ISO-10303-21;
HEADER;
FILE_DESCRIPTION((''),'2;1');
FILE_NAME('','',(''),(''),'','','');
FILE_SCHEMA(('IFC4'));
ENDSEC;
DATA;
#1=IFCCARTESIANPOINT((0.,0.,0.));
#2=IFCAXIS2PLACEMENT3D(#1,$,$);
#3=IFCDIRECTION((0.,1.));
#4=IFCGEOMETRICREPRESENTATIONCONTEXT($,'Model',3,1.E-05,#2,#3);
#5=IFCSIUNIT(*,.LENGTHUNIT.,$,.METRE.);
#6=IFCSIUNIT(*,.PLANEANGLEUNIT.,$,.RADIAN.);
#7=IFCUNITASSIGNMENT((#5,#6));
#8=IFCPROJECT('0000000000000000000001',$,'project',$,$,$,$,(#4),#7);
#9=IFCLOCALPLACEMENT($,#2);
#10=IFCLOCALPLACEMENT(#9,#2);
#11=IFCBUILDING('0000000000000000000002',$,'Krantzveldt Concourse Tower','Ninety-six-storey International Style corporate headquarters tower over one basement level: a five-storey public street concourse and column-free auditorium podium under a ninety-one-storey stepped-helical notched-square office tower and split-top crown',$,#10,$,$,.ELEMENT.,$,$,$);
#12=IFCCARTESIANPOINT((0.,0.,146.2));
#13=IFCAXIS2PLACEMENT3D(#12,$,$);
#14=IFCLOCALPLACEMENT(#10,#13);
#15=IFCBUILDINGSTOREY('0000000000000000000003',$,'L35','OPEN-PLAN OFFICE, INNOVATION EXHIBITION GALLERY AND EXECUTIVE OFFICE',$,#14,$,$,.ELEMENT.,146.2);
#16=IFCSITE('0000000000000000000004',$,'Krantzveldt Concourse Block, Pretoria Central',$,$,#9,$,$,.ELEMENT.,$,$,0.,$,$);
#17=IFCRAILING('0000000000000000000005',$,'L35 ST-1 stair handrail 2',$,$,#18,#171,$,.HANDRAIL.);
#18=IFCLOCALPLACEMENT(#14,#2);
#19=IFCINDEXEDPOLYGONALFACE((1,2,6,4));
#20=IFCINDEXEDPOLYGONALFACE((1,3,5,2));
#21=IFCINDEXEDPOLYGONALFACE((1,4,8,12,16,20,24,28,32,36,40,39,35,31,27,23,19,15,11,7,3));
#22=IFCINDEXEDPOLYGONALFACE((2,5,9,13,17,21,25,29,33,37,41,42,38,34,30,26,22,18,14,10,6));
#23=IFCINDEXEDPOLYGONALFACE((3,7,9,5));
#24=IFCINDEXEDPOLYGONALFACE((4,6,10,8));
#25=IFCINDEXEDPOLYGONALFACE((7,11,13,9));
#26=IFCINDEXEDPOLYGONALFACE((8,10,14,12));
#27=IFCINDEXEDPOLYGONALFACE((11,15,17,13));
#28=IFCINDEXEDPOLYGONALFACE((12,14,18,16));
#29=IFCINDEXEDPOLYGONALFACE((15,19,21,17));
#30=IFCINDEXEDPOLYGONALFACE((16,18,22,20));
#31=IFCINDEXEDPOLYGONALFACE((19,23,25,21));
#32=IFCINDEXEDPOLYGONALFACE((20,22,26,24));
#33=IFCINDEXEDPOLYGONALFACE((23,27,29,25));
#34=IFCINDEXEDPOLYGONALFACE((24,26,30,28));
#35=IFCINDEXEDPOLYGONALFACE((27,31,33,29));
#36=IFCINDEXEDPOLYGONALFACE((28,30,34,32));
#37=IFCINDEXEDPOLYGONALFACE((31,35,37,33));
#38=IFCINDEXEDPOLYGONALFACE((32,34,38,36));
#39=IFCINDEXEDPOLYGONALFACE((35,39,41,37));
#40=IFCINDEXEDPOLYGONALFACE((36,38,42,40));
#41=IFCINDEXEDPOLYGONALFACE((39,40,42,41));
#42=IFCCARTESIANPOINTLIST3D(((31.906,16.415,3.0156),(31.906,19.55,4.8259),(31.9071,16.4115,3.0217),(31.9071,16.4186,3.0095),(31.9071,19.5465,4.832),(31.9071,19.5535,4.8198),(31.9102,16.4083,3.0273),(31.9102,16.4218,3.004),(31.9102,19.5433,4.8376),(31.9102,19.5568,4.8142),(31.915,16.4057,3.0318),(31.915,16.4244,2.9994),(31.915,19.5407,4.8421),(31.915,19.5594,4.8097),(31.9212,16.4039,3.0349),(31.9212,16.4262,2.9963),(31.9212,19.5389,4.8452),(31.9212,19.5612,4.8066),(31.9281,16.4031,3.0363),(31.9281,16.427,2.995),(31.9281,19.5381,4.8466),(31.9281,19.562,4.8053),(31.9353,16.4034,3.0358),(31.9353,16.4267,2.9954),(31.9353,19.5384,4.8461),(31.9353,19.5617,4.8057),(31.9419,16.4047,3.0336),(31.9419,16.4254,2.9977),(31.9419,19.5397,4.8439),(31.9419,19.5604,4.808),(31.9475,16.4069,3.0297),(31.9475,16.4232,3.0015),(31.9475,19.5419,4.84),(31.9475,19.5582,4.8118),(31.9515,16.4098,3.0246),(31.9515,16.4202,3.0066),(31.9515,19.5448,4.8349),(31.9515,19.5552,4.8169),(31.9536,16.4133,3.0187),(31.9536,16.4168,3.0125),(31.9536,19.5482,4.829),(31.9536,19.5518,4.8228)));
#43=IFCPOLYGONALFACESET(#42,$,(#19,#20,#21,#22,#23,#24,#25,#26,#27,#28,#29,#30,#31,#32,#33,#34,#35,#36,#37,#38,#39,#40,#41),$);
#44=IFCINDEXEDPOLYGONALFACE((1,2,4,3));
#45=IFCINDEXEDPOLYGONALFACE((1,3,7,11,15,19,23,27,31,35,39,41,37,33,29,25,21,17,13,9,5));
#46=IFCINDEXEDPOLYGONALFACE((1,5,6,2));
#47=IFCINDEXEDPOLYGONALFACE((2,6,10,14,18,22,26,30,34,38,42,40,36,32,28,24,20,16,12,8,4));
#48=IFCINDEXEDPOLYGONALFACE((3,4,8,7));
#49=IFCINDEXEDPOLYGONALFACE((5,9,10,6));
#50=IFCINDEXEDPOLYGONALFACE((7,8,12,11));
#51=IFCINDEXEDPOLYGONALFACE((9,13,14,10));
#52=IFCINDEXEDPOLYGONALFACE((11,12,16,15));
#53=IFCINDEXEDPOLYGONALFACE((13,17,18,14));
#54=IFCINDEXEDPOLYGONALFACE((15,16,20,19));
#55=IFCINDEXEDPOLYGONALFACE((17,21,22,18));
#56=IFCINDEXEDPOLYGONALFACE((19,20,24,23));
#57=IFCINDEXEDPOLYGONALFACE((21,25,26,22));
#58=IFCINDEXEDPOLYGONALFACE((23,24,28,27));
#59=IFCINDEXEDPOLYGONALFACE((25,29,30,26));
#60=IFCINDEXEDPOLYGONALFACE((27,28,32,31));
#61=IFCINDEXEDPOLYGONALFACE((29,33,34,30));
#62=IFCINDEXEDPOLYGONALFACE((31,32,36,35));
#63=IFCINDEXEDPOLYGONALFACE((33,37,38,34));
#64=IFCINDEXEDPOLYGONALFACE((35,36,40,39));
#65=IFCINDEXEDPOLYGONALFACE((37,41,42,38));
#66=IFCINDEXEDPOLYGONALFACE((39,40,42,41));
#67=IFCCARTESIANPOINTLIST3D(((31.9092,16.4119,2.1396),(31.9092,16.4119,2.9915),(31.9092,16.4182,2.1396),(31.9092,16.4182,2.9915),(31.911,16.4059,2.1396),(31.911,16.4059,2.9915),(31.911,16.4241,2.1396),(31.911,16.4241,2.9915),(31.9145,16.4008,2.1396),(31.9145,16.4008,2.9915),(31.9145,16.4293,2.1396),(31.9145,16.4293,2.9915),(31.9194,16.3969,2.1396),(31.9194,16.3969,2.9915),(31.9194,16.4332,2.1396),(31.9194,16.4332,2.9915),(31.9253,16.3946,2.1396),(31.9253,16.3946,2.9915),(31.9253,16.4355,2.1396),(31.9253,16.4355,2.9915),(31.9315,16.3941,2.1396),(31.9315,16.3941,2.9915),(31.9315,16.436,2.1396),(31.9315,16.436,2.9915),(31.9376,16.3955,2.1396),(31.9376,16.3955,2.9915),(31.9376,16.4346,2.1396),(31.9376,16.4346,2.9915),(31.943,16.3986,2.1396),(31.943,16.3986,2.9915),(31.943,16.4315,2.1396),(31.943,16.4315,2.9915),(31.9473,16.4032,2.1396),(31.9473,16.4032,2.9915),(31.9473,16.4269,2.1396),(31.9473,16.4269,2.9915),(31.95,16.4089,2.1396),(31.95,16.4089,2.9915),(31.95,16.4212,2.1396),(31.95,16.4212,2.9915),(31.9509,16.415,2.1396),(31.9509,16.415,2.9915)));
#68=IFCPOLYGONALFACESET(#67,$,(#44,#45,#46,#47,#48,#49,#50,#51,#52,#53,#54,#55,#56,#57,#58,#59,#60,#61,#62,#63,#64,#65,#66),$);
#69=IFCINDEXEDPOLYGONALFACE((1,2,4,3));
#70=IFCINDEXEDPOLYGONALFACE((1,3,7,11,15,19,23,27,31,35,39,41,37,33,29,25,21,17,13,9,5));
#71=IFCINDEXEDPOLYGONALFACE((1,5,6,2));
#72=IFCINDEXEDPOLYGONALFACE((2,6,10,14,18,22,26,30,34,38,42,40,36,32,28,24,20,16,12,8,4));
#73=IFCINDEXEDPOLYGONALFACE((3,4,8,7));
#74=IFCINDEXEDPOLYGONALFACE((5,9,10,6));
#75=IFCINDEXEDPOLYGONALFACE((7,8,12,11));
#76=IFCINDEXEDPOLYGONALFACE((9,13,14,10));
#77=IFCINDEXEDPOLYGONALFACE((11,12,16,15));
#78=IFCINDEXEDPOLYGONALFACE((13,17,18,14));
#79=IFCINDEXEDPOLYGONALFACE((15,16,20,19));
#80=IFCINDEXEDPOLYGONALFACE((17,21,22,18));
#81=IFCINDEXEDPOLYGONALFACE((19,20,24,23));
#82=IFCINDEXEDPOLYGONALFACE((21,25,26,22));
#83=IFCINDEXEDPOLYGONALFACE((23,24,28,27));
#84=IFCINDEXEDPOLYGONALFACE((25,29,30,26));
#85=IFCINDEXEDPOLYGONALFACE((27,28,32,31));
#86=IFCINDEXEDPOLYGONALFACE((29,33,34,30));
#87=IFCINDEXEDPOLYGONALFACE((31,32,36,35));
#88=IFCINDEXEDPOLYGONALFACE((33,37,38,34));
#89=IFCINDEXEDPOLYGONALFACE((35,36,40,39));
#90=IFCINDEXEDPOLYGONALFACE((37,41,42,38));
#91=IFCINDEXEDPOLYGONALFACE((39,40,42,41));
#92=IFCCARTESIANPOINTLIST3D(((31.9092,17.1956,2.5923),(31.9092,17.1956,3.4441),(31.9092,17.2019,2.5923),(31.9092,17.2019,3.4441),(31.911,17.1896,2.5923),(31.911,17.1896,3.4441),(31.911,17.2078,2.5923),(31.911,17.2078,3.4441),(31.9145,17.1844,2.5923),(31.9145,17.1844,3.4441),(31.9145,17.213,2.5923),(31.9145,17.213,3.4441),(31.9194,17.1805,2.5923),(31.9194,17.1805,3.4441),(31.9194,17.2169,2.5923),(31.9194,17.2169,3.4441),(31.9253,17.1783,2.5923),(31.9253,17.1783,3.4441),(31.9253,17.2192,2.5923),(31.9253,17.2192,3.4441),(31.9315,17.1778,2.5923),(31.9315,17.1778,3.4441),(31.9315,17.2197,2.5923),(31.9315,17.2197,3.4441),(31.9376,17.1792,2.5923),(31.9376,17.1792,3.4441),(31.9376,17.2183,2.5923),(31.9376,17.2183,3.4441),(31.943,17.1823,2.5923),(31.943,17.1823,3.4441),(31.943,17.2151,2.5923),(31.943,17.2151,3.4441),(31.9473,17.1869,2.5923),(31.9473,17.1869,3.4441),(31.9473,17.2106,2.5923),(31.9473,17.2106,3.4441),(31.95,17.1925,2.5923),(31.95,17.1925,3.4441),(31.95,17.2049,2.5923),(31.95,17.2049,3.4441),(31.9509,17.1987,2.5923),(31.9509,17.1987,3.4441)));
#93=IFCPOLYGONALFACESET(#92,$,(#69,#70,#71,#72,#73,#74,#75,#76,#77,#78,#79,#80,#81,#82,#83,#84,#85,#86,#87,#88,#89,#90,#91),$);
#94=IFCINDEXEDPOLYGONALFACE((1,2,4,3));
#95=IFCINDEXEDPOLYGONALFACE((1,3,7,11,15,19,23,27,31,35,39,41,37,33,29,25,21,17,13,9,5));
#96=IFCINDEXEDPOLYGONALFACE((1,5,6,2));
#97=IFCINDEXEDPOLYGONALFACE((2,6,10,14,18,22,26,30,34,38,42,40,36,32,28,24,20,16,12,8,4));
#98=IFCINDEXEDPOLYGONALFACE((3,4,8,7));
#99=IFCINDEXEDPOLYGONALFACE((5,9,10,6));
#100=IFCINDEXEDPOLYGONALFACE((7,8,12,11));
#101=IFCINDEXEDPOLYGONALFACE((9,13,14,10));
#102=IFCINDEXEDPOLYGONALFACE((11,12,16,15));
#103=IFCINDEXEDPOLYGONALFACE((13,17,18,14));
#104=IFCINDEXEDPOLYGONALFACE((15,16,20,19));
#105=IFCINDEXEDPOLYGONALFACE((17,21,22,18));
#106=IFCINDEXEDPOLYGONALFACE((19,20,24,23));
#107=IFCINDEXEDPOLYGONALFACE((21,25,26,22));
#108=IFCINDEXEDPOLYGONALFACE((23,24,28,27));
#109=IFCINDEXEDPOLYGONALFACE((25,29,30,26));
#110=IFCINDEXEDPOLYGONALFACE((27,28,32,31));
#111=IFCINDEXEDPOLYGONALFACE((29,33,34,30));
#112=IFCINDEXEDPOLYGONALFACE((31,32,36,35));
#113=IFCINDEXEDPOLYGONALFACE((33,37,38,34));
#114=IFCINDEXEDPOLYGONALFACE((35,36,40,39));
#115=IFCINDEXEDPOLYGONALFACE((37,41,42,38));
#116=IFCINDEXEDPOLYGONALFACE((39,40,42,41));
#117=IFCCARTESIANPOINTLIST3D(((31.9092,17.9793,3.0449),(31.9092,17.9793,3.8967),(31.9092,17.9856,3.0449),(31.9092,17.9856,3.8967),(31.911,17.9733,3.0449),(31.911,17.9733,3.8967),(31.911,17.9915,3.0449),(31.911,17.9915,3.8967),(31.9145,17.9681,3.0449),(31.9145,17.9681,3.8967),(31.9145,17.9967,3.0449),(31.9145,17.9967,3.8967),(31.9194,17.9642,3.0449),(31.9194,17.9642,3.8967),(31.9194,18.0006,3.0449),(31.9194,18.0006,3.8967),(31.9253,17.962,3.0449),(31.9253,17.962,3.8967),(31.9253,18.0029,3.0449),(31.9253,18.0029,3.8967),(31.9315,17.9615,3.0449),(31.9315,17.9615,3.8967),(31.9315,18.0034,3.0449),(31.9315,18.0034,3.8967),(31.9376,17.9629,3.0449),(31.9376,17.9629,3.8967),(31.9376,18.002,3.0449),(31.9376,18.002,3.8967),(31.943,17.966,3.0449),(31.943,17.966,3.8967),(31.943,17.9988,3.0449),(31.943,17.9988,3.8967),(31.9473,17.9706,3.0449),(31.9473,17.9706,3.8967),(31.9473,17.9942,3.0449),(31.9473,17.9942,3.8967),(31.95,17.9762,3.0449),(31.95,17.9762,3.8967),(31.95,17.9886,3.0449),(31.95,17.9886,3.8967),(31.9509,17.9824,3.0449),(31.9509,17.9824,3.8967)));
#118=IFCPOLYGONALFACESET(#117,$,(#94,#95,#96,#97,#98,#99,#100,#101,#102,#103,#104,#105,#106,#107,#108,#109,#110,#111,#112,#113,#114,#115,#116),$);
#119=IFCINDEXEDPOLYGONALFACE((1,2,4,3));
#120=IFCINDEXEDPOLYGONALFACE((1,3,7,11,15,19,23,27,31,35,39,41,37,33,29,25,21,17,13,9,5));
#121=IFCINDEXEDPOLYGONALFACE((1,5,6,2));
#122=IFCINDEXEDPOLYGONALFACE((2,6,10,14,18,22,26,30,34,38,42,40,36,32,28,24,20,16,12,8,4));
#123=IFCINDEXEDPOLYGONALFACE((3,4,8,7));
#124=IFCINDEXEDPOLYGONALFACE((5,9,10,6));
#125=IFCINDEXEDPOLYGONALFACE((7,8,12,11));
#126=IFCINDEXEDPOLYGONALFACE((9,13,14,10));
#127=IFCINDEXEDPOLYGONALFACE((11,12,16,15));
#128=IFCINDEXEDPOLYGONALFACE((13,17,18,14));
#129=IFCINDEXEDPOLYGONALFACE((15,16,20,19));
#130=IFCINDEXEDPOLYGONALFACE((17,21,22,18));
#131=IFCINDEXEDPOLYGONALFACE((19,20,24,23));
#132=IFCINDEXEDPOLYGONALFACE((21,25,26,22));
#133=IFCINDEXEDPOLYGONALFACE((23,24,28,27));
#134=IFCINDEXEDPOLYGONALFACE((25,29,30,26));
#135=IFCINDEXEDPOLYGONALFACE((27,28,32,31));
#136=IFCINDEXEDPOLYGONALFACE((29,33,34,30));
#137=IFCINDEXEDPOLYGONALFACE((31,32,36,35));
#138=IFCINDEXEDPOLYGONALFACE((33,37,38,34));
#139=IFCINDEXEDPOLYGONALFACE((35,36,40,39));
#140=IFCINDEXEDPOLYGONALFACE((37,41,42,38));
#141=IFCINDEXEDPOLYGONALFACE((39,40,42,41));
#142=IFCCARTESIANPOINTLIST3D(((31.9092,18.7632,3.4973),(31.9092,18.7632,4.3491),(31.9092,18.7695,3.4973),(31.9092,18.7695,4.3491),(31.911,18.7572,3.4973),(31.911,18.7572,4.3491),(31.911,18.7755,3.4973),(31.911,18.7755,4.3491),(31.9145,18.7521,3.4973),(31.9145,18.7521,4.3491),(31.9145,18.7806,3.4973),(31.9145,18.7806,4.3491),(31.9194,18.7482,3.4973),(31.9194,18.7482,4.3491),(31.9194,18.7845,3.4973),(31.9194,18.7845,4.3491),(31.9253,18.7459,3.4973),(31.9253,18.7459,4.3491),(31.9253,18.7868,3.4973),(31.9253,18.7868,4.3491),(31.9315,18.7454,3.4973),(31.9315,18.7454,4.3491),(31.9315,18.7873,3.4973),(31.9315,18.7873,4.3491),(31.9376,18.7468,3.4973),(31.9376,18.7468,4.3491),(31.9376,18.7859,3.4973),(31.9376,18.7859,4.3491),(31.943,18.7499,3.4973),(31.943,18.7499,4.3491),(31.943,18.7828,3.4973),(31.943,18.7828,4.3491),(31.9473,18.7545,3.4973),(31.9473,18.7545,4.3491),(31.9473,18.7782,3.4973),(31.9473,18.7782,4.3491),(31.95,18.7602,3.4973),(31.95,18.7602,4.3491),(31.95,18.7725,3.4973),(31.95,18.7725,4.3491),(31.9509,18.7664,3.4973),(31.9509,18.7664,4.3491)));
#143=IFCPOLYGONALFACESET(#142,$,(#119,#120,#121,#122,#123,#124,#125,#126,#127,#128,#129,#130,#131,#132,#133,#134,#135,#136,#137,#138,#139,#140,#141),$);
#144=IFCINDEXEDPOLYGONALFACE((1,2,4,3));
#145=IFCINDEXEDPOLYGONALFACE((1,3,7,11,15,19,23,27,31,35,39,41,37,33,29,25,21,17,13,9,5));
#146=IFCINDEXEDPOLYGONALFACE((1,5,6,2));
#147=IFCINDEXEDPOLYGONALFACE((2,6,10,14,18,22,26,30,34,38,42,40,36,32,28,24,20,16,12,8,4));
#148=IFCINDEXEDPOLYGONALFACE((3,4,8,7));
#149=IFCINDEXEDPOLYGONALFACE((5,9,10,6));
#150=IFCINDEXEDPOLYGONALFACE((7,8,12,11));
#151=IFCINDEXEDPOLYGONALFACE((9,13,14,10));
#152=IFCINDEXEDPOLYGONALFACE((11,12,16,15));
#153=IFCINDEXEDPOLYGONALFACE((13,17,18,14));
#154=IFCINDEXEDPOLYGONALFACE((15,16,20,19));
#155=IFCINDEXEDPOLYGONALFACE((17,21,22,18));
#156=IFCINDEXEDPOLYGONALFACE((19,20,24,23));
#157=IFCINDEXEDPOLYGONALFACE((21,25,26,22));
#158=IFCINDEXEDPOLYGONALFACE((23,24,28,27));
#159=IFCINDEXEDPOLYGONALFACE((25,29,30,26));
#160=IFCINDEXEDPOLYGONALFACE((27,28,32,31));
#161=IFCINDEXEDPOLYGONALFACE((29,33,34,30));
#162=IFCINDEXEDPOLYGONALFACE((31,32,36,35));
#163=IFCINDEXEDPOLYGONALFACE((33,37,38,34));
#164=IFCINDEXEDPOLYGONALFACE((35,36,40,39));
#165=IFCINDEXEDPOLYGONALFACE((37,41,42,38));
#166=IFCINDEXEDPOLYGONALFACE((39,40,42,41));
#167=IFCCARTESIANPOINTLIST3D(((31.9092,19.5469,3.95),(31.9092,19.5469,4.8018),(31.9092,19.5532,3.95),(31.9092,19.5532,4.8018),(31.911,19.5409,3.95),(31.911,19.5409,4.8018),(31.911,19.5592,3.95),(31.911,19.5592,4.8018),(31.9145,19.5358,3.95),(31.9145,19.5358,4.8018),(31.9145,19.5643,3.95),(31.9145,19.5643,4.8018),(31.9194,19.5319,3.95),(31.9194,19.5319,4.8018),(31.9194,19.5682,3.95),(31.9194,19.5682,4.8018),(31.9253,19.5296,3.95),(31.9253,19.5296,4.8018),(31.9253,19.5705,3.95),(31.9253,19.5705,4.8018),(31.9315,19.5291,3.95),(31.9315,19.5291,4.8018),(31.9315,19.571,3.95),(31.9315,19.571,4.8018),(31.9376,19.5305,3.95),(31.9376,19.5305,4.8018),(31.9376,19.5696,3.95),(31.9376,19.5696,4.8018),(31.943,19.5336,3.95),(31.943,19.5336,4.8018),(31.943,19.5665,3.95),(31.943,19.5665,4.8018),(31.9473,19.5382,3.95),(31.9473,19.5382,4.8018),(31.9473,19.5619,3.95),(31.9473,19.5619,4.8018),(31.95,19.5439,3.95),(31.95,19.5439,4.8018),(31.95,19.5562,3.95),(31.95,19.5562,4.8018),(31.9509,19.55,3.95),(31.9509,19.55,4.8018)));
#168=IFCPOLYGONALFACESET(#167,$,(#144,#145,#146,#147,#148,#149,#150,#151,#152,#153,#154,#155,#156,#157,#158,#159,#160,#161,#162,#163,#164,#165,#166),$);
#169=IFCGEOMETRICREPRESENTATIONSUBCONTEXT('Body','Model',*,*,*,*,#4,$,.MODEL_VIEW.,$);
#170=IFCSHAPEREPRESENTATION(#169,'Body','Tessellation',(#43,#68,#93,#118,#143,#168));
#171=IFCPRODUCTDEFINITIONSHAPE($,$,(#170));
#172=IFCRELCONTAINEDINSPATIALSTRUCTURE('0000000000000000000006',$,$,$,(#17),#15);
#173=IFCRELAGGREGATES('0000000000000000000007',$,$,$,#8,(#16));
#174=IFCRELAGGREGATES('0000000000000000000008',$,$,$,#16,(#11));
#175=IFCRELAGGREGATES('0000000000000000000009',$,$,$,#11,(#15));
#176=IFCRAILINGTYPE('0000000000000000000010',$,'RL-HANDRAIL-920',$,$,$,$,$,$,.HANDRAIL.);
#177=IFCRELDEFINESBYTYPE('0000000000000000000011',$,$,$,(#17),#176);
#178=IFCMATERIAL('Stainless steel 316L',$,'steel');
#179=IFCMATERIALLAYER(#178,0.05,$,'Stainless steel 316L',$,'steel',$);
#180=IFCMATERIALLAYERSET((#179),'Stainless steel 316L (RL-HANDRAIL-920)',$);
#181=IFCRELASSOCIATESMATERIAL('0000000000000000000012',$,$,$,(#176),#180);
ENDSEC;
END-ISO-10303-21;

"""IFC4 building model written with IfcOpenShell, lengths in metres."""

from ifc_helpers import new_model, si_unit, direction, frame, origin, origin_2d, place, context, subcontext, project, spatial, circle, extrude, material, layer, layer_set, type_object, element, save


model = new_model("IFC4")

# Units and contexts
model_context = context("Model", 3, precision=1e-05, world=origin(), true_north=direction((0.0, 1.0)))
body_context = subcontext(model_context, "Body", "Model", "MODEL_VIEW")
ifc_project = project(units=[si_unit("LENGTHUNIT", "METRE"), si_unit("PLANEANGLEUNIT", "RADIAN")], contexts=[model_context])

# Site, building, storey
site_placement = place(None, origin())
site = spatial("IfcSite", under=ifc_project, at=site_placement, Name="Krantzveldt Concourse Block, Pretoria Central", CompositionType="ELEMENT", RefElevation=0.0)
building_placement = place(site_placement, origin())
building = spatial("IfcBuilding", under=site, at=building_placement, Name="Krantzveldt Concourse Tower", Description="Ninety-six-storey International Style corporate headquarters tower over one basement level: a five-storey public street concourse and column-free auditorium podium under a ninety-one-storey stepped-helical notched-square office tower and split-top crown", CompositionType="ELEMENT")
storey_placement = place(building_placement, frame((0.0, 0.0, 146.2)))
storey = spatial("IfcBuildingStorey", under=building, at=storey_placement, Name="L35", Description="OPEN-PLAN OFFICE, INNOVATION EXHIBITION GALLERY AND EXECUTIVE OFFICE", CompositionType="ELEMENT", Elevation=146.2)

# Shared definitions
ifc_material_1 = material(Name="Stainless steel 316L", Category="steel")

# Railing
ifc_layer_1 = layer(ifc_material_1, 0.05, Name="Stainless steel 316L", Category="steel")
ifc_layer_set_1 = layer_set([ifc_layer_1], Name="Stainless steel 316L (RL-HANDRAIL-920)")
railing_type_1 = type_object("IfcRailingType", Name="RL-HANDRAIL-920", PredefinedType="HANDRAIL", material=ifc_layer_set_1)
railing_1_placement = place(storey_placement, frame((31.9299, 16.415, 2.1396)))
element("IfcRailing", 1, at=railing_1_placement, inside=storey, type_object=railing_type_1, Name="L35 ST-1 stair handrail 2", PredefinedType="HANDRAIL", context=body_context, shape_type="SweptSolid", body=[
    extrude(circle(Radius=0.0239, at=origin_2d()), frame((0.0, 0.0, 0.876), z_axis=(0.0, 0.865989, 0.500063), x_axis=(-1.0, 0.0, 0.0)), (0.0, 0.0, 1.0), 3.6201),
    extrude(circle(Radius=0.021, at=origin_2d()), origin(), (0.0, 0.0, 1.0), 0.8518),
    extrude(circle(Radius=0.021, at=origin_2d()), frame((0.0, 0.7837, 0.4526)), (0.0, 0.0, 1.0), 0.8518),
    extrude(circle(Radius=0.021, at=origin_2d()), frame((0.0, 1.5674, 0.9053)), (0.0, 0.0, 1.0), 0.8518),
    extrude(circle(Radius=0.021, at=origin_2d()), frame((0.0, 2.3513, 1.3577)), (0.0, 0.0, 1.0), 0.8518),
    extrude(circle(Radius=0.021, at=origin_2d()), frame((0.0, 3.135, 1.8103)), (0.0, 0.0, 1.0), 0.8518),
])

save(model, "model.ifc")
